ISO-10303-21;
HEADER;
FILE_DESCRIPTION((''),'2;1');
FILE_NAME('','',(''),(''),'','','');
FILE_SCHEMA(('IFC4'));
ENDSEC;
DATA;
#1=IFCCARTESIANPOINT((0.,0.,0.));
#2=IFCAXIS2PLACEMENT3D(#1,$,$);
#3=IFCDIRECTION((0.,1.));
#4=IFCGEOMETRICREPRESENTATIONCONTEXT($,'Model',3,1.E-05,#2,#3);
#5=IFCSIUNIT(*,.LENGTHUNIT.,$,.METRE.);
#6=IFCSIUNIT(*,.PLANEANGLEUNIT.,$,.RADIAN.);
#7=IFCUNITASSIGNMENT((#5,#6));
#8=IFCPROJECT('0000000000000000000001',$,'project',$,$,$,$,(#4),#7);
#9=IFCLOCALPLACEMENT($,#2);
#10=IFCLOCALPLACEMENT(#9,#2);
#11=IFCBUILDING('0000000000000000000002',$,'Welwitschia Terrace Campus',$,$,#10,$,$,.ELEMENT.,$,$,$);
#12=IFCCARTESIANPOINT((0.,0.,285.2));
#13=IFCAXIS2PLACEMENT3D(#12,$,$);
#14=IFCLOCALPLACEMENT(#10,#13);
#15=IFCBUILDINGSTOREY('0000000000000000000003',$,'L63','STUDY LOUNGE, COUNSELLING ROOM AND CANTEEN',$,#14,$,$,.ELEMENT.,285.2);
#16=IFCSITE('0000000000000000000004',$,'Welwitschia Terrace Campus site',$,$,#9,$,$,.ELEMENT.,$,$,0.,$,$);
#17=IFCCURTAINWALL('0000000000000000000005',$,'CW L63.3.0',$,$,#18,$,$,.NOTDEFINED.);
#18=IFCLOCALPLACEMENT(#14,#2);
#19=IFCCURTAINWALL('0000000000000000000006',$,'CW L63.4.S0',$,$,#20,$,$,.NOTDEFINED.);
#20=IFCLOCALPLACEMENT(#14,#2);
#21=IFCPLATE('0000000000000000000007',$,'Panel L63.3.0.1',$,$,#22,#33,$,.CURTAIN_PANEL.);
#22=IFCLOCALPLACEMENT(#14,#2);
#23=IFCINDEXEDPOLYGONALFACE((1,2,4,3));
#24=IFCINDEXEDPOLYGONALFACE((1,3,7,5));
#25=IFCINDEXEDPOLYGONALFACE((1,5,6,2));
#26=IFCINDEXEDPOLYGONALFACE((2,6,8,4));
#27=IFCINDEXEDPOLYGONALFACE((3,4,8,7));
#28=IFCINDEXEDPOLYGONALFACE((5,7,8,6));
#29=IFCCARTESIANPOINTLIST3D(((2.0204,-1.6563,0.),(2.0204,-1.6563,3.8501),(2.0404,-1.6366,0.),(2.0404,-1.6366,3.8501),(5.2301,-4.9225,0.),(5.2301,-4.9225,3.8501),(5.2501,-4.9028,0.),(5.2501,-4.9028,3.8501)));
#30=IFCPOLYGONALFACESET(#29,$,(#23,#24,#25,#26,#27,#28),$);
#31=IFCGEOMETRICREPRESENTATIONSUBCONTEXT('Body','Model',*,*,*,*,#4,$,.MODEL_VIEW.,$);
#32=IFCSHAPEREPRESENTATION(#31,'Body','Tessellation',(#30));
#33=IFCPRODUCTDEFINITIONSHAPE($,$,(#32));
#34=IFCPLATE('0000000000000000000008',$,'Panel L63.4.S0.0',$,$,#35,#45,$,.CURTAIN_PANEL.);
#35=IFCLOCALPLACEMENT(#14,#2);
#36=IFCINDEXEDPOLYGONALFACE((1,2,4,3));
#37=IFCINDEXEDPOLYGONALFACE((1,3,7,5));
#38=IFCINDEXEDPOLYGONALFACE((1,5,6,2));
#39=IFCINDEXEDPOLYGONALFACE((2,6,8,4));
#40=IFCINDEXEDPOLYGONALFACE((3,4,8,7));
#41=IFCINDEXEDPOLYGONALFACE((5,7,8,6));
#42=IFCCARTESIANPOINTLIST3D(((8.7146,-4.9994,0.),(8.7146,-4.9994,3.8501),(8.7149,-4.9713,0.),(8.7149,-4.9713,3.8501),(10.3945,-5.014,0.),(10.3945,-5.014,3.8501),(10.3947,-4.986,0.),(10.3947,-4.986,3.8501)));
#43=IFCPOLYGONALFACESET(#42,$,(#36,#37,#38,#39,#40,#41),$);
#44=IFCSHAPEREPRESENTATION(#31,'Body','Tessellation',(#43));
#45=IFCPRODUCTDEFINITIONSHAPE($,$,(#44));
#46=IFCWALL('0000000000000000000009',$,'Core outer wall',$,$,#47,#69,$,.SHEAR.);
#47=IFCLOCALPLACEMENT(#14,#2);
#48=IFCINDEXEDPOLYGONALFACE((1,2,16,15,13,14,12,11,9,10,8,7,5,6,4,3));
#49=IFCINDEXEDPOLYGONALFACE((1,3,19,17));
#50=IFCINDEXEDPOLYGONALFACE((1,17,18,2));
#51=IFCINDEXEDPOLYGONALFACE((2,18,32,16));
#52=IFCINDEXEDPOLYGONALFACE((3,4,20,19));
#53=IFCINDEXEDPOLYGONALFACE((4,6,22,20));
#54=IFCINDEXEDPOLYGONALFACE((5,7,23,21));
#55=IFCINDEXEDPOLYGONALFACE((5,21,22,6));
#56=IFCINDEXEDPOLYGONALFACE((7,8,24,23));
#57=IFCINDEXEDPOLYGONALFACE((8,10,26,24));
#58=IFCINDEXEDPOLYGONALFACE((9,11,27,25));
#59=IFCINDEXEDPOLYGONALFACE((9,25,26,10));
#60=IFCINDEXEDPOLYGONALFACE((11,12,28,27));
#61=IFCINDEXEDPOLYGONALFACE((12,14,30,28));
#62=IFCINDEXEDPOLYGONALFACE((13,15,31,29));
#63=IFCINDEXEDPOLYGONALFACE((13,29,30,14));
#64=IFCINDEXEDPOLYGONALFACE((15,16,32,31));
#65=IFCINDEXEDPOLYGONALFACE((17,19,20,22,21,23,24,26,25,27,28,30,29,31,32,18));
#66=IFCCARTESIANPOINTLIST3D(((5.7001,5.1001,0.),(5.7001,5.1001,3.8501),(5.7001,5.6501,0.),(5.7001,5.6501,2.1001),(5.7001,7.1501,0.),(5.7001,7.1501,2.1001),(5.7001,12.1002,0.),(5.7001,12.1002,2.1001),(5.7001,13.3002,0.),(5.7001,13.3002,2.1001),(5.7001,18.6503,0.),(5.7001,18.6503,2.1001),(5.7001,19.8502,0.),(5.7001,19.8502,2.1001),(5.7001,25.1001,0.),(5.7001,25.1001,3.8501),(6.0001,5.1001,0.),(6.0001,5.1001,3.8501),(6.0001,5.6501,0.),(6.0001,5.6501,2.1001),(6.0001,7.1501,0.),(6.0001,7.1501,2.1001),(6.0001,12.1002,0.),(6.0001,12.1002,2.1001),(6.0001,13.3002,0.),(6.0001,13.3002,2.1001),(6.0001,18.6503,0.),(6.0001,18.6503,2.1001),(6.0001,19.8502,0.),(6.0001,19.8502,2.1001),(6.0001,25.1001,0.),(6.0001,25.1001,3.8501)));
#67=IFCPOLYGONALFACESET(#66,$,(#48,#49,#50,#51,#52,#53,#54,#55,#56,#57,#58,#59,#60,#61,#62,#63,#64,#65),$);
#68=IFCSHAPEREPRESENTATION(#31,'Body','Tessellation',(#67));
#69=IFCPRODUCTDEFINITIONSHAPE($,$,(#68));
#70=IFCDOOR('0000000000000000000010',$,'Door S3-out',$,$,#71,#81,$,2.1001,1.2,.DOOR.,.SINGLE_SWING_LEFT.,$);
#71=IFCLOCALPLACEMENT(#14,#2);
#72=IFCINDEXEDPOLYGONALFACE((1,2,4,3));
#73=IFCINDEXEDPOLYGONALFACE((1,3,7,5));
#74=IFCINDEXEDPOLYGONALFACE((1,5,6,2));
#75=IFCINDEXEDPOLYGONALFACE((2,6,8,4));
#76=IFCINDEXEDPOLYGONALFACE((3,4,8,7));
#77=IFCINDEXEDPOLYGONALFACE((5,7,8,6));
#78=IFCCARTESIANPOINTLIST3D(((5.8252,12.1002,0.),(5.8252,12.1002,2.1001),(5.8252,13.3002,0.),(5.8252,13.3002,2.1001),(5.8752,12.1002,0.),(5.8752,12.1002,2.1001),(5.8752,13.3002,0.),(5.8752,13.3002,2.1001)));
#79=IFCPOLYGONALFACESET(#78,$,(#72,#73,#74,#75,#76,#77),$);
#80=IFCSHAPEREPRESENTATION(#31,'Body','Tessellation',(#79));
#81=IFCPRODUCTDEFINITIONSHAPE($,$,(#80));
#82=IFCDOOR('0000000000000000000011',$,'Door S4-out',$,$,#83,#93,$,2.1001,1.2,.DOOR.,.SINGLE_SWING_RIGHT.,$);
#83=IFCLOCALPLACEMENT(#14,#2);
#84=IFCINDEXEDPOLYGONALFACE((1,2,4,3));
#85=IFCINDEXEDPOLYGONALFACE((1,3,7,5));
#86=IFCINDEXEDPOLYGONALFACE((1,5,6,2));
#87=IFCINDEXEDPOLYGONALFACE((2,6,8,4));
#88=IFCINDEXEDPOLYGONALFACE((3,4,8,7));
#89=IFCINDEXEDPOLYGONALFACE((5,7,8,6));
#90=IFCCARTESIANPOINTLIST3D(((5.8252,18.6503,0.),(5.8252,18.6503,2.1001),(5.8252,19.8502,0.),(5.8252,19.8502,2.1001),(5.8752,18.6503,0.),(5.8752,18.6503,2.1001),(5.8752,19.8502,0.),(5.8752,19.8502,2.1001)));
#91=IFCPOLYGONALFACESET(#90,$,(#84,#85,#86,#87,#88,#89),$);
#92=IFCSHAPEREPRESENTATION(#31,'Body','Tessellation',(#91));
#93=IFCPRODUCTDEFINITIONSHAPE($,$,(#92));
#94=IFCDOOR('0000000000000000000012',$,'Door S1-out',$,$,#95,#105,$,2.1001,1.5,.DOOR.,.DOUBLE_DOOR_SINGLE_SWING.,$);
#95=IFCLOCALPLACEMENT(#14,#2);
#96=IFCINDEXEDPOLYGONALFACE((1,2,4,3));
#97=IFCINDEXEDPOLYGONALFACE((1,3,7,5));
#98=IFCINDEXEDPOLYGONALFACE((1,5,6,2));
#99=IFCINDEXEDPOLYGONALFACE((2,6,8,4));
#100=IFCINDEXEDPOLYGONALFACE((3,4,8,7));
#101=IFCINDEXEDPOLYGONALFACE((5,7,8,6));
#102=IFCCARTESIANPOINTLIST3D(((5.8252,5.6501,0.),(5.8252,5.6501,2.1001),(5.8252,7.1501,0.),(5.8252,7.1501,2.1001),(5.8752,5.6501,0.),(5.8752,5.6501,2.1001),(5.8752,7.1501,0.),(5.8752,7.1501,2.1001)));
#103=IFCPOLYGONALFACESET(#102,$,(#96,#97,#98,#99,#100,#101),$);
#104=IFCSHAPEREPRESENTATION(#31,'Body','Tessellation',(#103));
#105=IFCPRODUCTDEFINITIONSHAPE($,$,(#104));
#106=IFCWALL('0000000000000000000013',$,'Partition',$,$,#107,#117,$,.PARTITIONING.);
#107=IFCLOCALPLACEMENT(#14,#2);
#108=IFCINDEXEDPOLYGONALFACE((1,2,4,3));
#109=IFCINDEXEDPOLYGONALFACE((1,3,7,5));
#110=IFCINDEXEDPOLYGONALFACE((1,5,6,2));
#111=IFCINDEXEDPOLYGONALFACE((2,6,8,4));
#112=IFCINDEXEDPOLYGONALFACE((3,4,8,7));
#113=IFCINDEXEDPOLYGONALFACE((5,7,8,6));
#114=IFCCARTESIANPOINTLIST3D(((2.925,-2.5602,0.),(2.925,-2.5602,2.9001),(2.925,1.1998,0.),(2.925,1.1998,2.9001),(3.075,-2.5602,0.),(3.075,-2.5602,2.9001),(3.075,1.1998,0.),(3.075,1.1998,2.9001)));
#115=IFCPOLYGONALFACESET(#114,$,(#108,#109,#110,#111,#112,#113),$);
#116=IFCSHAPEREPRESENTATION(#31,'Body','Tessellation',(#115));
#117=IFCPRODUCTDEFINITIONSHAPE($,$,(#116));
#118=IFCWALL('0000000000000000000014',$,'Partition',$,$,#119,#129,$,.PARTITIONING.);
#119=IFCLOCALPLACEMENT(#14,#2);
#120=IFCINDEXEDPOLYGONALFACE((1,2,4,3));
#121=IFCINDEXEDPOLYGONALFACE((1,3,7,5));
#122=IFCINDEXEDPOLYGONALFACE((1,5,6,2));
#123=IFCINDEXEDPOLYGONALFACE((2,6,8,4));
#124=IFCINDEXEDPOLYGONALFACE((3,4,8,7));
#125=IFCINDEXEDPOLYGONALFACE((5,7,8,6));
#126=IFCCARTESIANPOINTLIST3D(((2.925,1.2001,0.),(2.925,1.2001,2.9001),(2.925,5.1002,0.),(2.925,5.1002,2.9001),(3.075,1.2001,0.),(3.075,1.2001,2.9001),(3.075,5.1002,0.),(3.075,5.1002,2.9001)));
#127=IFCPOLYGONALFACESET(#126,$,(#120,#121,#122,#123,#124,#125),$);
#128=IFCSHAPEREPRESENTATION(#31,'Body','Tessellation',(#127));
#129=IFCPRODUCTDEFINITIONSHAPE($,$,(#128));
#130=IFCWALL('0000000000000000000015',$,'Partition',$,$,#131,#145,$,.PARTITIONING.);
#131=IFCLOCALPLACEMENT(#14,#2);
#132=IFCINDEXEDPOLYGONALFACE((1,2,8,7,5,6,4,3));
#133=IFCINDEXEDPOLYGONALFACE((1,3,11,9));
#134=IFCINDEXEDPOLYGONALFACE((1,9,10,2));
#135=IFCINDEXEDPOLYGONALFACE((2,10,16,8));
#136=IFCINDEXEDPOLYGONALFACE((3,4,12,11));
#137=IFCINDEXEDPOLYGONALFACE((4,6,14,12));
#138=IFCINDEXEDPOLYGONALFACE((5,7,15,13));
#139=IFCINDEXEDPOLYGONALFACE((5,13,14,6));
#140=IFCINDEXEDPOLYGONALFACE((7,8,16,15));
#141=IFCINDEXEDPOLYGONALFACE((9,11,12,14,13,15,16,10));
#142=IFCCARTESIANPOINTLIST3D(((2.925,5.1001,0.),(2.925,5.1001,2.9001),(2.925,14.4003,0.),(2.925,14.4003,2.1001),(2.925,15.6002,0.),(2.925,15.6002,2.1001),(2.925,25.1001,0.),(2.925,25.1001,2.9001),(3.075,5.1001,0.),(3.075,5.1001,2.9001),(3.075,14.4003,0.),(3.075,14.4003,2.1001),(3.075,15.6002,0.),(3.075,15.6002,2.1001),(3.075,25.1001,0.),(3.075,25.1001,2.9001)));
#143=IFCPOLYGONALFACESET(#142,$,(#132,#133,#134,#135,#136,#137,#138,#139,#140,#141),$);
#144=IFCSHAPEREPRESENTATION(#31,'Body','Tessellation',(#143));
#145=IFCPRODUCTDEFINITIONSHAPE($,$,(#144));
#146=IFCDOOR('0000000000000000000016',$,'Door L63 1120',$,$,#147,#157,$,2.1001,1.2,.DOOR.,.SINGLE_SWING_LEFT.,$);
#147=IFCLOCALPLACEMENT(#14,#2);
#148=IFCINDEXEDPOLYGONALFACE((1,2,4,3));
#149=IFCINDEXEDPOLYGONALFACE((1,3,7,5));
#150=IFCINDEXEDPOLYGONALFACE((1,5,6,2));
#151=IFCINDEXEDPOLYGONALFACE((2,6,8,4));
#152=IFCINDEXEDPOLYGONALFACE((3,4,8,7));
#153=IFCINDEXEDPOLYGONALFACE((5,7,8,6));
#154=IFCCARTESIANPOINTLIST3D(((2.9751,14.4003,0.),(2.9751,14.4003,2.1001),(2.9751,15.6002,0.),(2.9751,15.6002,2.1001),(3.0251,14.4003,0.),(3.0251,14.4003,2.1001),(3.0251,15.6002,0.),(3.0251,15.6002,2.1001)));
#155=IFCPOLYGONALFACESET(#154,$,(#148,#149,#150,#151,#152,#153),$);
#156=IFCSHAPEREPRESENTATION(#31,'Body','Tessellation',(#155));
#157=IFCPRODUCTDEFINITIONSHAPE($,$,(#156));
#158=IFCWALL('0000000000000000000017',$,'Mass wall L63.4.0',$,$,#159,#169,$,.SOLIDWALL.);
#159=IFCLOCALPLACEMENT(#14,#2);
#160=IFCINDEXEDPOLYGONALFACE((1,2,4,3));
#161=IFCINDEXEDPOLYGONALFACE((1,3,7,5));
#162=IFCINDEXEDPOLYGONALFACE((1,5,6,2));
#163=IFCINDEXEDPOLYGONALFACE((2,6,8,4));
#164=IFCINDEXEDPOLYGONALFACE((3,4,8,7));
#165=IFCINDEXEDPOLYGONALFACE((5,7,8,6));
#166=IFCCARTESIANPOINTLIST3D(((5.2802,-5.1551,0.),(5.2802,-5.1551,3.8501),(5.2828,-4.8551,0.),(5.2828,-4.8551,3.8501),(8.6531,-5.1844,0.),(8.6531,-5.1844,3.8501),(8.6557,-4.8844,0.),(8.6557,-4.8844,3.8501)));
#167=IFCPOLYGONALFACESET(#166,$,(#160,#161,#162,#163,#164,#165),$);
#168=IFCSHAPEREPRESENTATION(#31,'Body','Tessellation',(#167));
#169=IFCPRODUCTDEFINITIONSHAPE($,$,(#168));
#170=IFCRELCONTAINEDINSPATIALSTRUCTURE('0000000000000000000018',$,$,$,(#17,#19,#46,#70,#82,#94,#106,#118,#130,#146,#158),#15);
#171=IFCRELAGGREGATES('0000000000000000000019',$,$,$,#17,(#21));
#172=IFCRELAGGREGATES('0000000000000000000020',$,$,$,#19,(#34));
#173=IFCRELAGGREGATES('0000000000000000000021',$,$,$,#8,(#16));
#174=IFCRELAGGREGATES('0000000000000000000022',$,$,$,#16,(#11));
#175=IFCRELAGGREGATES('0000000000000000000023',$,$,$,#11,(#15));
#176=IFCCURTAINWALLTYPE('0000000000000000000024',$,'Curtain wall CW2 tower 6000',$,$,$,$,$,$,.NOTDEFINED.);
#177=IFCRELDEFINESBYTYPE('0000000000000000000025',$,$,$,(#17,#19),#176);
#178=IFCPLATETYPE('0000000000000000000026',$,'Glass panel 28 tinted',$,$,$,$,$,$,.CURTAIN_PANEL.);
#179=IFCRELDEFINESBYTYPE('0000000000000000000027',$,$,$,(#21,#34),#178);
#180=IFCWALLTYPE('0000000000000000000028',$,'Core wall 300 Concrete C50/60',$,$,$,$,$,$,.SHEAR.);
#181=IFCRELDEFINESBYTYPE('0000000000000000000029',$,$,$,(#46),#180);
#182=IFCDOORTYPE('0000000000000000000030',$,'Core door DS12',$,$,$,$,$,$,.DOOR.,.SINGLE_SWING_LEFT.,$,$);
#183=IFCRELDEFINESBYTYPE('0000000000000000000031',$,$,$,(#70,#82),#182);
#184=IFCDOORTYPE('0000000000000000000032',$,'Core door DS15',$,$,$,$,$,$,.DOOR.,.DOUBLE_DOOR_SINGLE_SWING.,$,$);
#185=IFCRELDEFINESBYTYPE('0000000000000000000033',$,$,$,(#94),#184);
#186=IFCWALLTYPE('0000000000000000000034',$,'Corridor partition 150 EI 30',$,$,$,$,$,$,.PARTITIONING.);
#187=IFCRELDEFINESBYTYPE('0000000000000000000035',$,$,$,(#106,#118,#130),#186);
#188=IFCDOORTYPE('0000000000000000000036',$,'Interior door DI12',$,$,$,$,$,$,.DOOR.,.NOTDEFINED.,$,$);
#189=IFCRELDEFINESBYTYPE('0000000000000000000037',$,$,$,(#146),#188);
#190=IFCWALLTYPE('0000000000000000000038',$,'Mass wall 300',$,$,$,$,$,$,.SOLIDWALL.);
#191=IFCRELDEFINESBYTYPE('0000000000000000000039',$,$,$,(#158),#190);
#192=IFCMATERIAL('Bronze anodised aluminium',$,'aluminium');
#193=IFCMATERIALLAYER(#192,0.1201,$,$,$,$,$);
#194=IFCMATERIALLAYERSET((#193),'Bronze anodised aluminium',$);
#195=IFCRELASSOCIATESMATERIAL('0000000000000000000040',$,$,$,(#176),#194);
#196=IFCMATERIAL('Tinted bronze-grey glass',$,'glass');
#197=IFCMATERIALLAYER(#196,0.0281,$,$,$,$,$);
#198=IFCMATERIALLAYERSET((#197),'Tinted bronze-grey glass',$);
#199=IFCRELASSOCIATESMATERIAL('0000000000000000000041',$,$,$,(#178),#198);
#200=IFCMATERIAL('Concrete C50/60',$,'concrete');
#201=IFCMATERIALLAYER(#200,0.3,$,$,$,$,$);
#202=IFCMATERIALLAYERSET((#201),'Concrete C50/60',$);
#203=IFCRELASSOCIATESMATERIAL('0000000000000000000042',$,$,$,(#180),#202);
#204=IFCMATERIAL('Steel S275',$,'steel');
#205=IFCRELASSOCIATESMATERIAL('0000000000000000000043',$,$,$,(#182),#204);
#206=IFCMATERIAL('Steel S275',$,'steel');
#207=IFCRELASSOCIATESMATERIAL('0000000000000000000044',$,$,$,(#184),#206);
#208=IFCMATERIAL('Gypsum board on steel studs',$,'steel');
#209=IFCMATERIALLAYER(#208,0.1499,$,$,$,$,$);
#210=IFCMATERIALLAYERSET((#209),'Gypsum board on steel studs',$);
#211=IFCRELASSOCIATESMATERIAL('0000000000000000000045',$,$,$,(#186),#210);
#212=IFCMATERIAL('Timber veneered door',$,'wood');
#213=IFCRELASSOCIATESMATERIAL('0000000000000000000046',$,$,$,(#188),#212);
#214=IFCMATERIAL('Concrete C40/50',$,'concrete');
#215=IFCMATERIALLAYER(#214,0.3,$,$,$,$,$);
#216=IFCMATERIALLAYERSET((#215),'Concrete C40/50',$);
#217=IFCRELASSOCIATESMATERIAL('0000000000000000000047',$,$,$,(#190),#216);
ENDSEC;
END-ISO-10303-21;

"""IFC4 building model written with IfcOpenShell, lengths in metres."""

from ifc_helpers import new_model, si_unit, direction, frame, frame_2d, origin, origin_2d, place, context, subcontext, project, spatial, rectangle, extrude, material, layer, layer_set, type_object, element, fill, aggregate, save


model = new_model("IFC4")

# Units and contexts
model_context = context("Model", 3, precision=1e-05, world=origin(), true_north=direction((0.0, 1.0)))
body_context = subcontext(model_context, "Body", "Model", "MODEL_VIEW")
ifc_project = project(units=[si_unit("LENGTHUNIT", "METRE"), si_unit("PLANEANGLEUNIT", "RADIAN")], contexts=[model_context])

# Site, building, storey
site_placement = place(None, origin())
site = spatial("IfcSite", under=ifc_project, at=site_placement, Name="Welwitschia Terrace Campus site", CompositionType="ELEMENT", RefElevation=0.0)
building_placement = place(site_placement, origin())
building = spatial("IfcBuilding", under=site, at=building_placement, Name="Welwitschia Terrace Campus", CompositionType="ELEMENT")
storey_placement = place(building_placement, frame((0.0, 0.0, 285.2)))
storey = spatial("IfcBuildingStorey", under=building, at=storey_placement, Name="L63", Description="STUDY LOUNGE, COUNSELLING ROOM AND CANTEEN", CompositionType="ELEMENT", Elevation=285.2)

# Curtain walls
ifc_material_1 = material(Name="Bronze anodised aluminium", Category="aluminium")
ifc_layer_1 = layer(ifc_material_1, 0.1201)
ifc_layer_set_1 = layer_set([ifc_layer_1], Name="Bronze anodised aluminium")
curtain_wall_type = type_object("IfcCurtainWallType", Name="Curtain wall CW2 tower 6000", PredefinedType="NOTDEFINED", material=ifc_layer_set_1)
curtain_wall_1_placement = place(storey_placement, origin())
curtain_wall_1 = element("IfcCurtainWall", 1, at=curtain_wall_1_placement, inside=storey, type_object=curtain_wall_type, Name="CW L63.3.0", PredefinedType="NOTDEFINED")
curtain_wall_2_placement = place(storey_placement, origin())
curtain_wall_2 = element("IfcCurtainWall", 2, at=curtain_wall_2_placement, inside=storey, type_object=curtain_wall_type, Name="CW L63.4.S0", PredefinedType="NOTDEFINED")

# Plates
ifc_material_2 = material(Name="Tinted bronze-grey glass", Category="glass")
ifc_layer_2 = layer(ifc_material_2, 0.0281)
ifc_layer_set_2 = layer_set([ifc_layer_2], Name="Tinted bronze-grey glass")
plate_type = type_object("IfcPlateType", Name="Glass panel 28 tinted", PredefinedType="CURTAIN_PANEL", material=ifc_layer_set_2)
plate_1_placement = place(storey_placement, frame((3.6353, -3.2795, 0.0), z_axis=(0.0, 0.0, 1.0), x_axis=(0.700909, -0.71325, 0.0)))
plate_1 = element("IfcPlate", 3, at=plate_1_placement, type_object=plate_type, Name="Panel L63.3.0.1", PredefinedType="CURTAIN_PANEL", context=body_context, shape_type="SweptSolid", body=[
    extrude(rectangle(XDim=4.5793, YDim=0.0281, at=origin_2d()), origin(), (0.0, 0.0, 1.0), 3.8501),
])
aggregate(curtain_wall_1, [plate_1])
plate_2_placement = place(storey_placement, frame((9.5547, -4.9927, 0.0), z_axis=(0.0, 0.0, 1.0), x_axis=(0.999962, -0.008727, 0.0)))
plate_2 = element("IfcPlate", 4, at=plate_2_placement, type_object=plate_type, Name="Panel L63.4.S0.0", PredefinedType="CURTAIN_PANEL", context=body_context, shape_type="SweptSolid", body=[
    extrude(rectangle(XDim=1.6799, YDim=0.0281, at=origin_2d()), origin(), (0.0, 0.0, 1.0), 3.8501),
])
aggregate(curtain_wall_2, [plate_2])

# Wall, openings, doors
ifc_material_3 = material(Name="Concrete C50/60", Category="concrete")
ifc_layer_3 = layer(ifc_material_3, 0.3)
ifc_layer_set_3 = layer_set([ifc_layer_3], Name="Concrete C50/60")
wall_type_1 = type_object("IfcWallType", Name="Core wall 300 Concrete C50/60", PredefinedType="SHEAR", material=ifc_layer_set_3)
wall_1_placement = place(storey_placement, frame((5.8501, 5.1001, 0.0), z_axis=(0.0, 0.0, 1.0), x_axis=(0.0, 1.0, 0.0)))
wall_1 = element("IfcWall", 5, at=wall_1_placement, inside=storey, type_object=wall_type_1, Name="Core outer wall", PredefinedType="SHEAR", context=body_context, shape_type="SweptSolid", body=[
    extrude(rectangle(XDim=20.0, YDim=0.3, at=frame_2d((10.0, 0.0))), origin(), (0.0, 0.0, 1.0), 3.8501),
])
opening_1_placement = place(wall_1_placement, frame((0.55, 0.0, 0.0)))
opening_1 = element("IfcOpeningElement", 6, at=opening_1_placement, cuts=wall_1, PredefinedType="OPENING", context=body_context, shape_type="SweptSolid", body=[
    extrude(rectangle(XDim=1.5, YDim=2.1001, at=frame_2d((0.75, 1.05))), frame((0.0, 0.1599, 0.0), z_axis=(0.0, -1.0, 0.0), x_axis=(1.0, 0.0, 0.0)), (0.0, 0.0, 1.0), 0.3201),
])
opening_2_placement = place(wall_1_placement, frame((7.0, 0.0, 0.0)))
opening_2 = element("IfcOpeningElement", 7, at=opening_2_placement, cuts=wall_1, PredefinedType="OPENING", context=body_context, shape_type="SweptSolid", body=[
    extrude(rectangle(XDim=1.2, YDim=2.1001, at=frame_2d((0.6001, 1.05))), frame((0.0, 0.1599, 0.0), z_axis=(0.0, -1.0, 0.0), x_axis=(1.0, 0.0, 0.0)), (0.0, 0.0, 1.0), 0.3201),
])
opening_3_placement = place(wall_1_placement, frame((13.55, 0.0, 0.0)))
opening_3 = element("IfcOpeningElement", 8, at=opening_3_placement, cuts=wall_1, PredefinedType="OPENING", context=body_context, shape_type="SweptSolid", body=[
    extrude(rectangle(XDim=1.2, YDim=2.1001, at=frame_2d((0.6001, 1.05))), frame((0.0, 0.1599, 0.0), z_axis=(0.0, -1.0, 0.0), x_axis=(1.0, 0.0, 0.0)), (0.0, 0.0, 1.0), 0.3201),
])
ifc_material_4 = material(Name="Steel S275", Category="steel")
door_type_1 = type_object("IfcDoorType", Name="Core door DS12", OperationType="SINGLE_SWING_LEFT", PredefinedType="DOOR", material=ifc_material_4)
door_1_placement = place(opening_2_placement, origin())
door_1 = element("IfcDoor", 9, at=door_1_placement, inside=storey, type_object=door_type_1, Name="Door S3-out", OperationType="SINGLE_SWING_LEFT", OverallHeight=2.1001, OverallWidth=1.2, PredefinedType="DOOR", context=body_context, shape_type="SweptSolid", body=[
    extrude(rectangle(XDim=1.2, YDim=2.1001, at=frame_2d((0.6001, 1.05))), frame((0.0, 0.0249, 0.0), z_axis=(0.0, -1.0, 0.0), x_axis=(1.0, 0.0, 0.0)), (0.0, 0.0, 1.0), 0.05),
])
fill(opening_2, door_1)
door_2_placement = place(opening_3_placement, origin())
door_2 = element("IfcDoor", 10, at=door_2_placement, inside=storey, type_object=door_type_1, Name="Door S4-out", OperationType="SINGLE_SWING_RIGHT", OverallHeight=2.1001, OverallWidth=1.2, PredefinedType="DOOR", context=body_context, shape_type="SweptSolid", body=[
    extrude(rectangle(XDim=1.2, YDim=2.1001, at=frame_2d((0.6001, 1.05))), frame((0.0, 0.0249, 0.0), z_axis=(0.0, -1.0, 0.0), x_axis=(1.0, 0.0, 0.0)), (0.0, 0.0, 1.0), 0.05),
])
fill(opening_3, door_2)
ifc_material_5 = material(Name="Steel S275", Category="steel")
door_type_2 = type_object("IfcDoorType", Name="Core door DS15", OperationType="DOUBLE_DOOR_SINGLE_SWING", PredefinedType="DOOR", material=ifc_material_5)
door_3_placement = place(opening_1_placement, origin())
door_3 = element("IfcDoor", 11, at=door_3_placement, inside=storey, type_object=door_type_2, Name="Door S1-out", OperationType="DOUBLE_DOOR_SINGLE_SWING", OverallHeight=2.1001, OverallWidth=1.5, PredefinedType="DOOR", context=body_context, shape_type="SweptSolid", body=[
    extrude(rectangle(XDim=1.5, YDim=2.1001, at=frame_2d((0.75, 1.05))), frame((0.0, 0.0249, 0.0), z_axis=(0.0, -1.0, 0.0), x_axis=(1.0, 0.0, 0.0)), (0.0, 0.0, 1.0), 0.05),
])
fill(opening_1, door_3)

# Walls
ifc_material_6 = material(Name="Gypsum board on steel studs", Category="steel")
ifc_layer_4 = layer(ifc_material_6, 0.1499)
ifc_layer_set_4 = layer_set([ifc_layer_4], Name="Gypsum board on steel studs")
wall_type_2 = type_object("IfcWallType", Name="Corridor partition 150 EI 30", PredefinedType="PARTITIONING", material=ifc_layer_set_4)
wall_2_placement = place(storey_placement, frame((3.0, -2.5601, 0.0), z_axis=(0.0, 0.0, 1.0), x_axis=(0.0, 1.0, 0.0)))
element("IfcWall", 12, at=wall_2_placement, inside=storey, type_object=wall_type_2, Name="Partition", PredefinedType="PARTITIONING", context=body_context, shape_type="SweptSolid", body=[
    extrude(rectangle(XDim=3.76, YDim=0.1499, at=frame_2d((1.8799, 0.0))), origin(), (0.0, 0.0, 1.0), 2.9001),
])
wall_3_placement = place(storey_placement, frame((3.0, 1.2, 0.0), z_axis=(0.0, 0.0, 1.0), x_axis=(0.0, 1.0, 0.0)))
element("IfcWall", 13, at=wall_3_placement, inside=storey, type_object=wall_type_2, Name="Partition", PredefinedType="PARTITIONING", context=body_context, shape_type="SweptSolid", body=[
    extrude(rectangle(XDim=3.9001, YDim=0.1499, at=frame_2d((1.9502, 0.0))), origin(), (0.0, 0.0, 1.0), 2.9001),
])

# Wall, opening, door
wall_4_placement = place(storey_placement, frame((3.0, 5.1001, 0.0), z_axis=(0.0, 0.0, 1.0), x_axis=(0.0, 1.0, 0.0)))
wall_4 = element("IfcWall", 14, at=wall_4_placement, inside=storey, type_object=wall_type_2, Name="Partition", PredefinedType="PARTITIONING", context=body_context, shape_type="SweptSolid", body=[
    extrude(rectangle(XDim=20.0, YDim=0.1499, at=frame_2d((10.0, 0.0))), origin(), (0.0, 0.0, 1.0), 2.9001),
])
opening_4_placement = place(wall_4_placement, frame((9.3, 0.0, 0.0)))
opening_4 = element("IfcOpeningElement", 15, at=opening_4_placement, cuts=wall_4, PredefinedType="OPENING", context=body_context, shape_type="SweptSolid", body=[
    extrude(rectangle(XDim=1.2, YDim=2.1001, at=frame_2d((0.6001, 1.05))), frame((0.0, 0.085, 0.0), z_axis=(0.0, -1.0, 0.0), x_axis=(1.0, 0.0, 0.0)), (0.0, 0.0, 1.0), 0.1699),
])
ifc_material_7 = material(Name="Timber veneered door", Category="wood")
door_type_3 = type_object("IfcDoorType", Name="Interior door DI12", OperationType="NOTDEFINED", PredefinedType="DOOR", material=ifc_material_7)
door_4_placement = place(opening_4_placement, origin())
door_4 = element("IfcDoor", 16, at=door_4_placement, inside=storey, type_object=door_type_3, Name="Door L63 1120", OperationType="SINGLE_SWING_LEFT", OverallHeight=2.1001, OverallWidth=1.2, PredefinedType="DOOR", context=body_context, shape_type="SweptSolid", body=[
    extrude(rectangle(XDim=1.2, YDim=2.1001, at=frame_2d((0.6001, 1.05))), frame((0.0, 0.0249, 0.0), z_axis=(0.0, -1.0, 0.0), x_axis=(1.0, 0.0, 0.0)), (0.0, 0.0, 1.0), 0.05),
])
fill(opening_4, door_4)

# Wall
ifc_material_8 = material(Name="Concrete C40/50", Category="concrete")
ifc_layer_5 = layer(ifc_material_8, 0.3)
ifc_layer_set_5 = layer_set([ifc_layer_5], Name="Concrete C40/50")
wall_type_3 = type_object("IfcWallType", Name="Mass wall 300", PredefinedType="SOLIDWALL", material=ifc_layer_set_5)
wall_5_placement = place(storey_placement, frame((5.2815, -5.0051, 0.0), z_axis=(0.0, 0.0, 1.0), x_axis=(0.999962, -0.008686, 0.0)))
element("IfcWall", 17, at=wall_5_placement, inside=storey, type_object=wall_type_3, Name="Mass wall L63.4.0", PredefinedType="SOLIDWALL", context=body_context, shape_type="SweptSolid", body=[
    extrude(rectangle(XDim=3.373, YDim=0.3, at=frame_2d((1.6865, 0.0))), origin(), (0.0, 0.0, 1.0), 3.8501),
])

save(model, "model.ifc")
